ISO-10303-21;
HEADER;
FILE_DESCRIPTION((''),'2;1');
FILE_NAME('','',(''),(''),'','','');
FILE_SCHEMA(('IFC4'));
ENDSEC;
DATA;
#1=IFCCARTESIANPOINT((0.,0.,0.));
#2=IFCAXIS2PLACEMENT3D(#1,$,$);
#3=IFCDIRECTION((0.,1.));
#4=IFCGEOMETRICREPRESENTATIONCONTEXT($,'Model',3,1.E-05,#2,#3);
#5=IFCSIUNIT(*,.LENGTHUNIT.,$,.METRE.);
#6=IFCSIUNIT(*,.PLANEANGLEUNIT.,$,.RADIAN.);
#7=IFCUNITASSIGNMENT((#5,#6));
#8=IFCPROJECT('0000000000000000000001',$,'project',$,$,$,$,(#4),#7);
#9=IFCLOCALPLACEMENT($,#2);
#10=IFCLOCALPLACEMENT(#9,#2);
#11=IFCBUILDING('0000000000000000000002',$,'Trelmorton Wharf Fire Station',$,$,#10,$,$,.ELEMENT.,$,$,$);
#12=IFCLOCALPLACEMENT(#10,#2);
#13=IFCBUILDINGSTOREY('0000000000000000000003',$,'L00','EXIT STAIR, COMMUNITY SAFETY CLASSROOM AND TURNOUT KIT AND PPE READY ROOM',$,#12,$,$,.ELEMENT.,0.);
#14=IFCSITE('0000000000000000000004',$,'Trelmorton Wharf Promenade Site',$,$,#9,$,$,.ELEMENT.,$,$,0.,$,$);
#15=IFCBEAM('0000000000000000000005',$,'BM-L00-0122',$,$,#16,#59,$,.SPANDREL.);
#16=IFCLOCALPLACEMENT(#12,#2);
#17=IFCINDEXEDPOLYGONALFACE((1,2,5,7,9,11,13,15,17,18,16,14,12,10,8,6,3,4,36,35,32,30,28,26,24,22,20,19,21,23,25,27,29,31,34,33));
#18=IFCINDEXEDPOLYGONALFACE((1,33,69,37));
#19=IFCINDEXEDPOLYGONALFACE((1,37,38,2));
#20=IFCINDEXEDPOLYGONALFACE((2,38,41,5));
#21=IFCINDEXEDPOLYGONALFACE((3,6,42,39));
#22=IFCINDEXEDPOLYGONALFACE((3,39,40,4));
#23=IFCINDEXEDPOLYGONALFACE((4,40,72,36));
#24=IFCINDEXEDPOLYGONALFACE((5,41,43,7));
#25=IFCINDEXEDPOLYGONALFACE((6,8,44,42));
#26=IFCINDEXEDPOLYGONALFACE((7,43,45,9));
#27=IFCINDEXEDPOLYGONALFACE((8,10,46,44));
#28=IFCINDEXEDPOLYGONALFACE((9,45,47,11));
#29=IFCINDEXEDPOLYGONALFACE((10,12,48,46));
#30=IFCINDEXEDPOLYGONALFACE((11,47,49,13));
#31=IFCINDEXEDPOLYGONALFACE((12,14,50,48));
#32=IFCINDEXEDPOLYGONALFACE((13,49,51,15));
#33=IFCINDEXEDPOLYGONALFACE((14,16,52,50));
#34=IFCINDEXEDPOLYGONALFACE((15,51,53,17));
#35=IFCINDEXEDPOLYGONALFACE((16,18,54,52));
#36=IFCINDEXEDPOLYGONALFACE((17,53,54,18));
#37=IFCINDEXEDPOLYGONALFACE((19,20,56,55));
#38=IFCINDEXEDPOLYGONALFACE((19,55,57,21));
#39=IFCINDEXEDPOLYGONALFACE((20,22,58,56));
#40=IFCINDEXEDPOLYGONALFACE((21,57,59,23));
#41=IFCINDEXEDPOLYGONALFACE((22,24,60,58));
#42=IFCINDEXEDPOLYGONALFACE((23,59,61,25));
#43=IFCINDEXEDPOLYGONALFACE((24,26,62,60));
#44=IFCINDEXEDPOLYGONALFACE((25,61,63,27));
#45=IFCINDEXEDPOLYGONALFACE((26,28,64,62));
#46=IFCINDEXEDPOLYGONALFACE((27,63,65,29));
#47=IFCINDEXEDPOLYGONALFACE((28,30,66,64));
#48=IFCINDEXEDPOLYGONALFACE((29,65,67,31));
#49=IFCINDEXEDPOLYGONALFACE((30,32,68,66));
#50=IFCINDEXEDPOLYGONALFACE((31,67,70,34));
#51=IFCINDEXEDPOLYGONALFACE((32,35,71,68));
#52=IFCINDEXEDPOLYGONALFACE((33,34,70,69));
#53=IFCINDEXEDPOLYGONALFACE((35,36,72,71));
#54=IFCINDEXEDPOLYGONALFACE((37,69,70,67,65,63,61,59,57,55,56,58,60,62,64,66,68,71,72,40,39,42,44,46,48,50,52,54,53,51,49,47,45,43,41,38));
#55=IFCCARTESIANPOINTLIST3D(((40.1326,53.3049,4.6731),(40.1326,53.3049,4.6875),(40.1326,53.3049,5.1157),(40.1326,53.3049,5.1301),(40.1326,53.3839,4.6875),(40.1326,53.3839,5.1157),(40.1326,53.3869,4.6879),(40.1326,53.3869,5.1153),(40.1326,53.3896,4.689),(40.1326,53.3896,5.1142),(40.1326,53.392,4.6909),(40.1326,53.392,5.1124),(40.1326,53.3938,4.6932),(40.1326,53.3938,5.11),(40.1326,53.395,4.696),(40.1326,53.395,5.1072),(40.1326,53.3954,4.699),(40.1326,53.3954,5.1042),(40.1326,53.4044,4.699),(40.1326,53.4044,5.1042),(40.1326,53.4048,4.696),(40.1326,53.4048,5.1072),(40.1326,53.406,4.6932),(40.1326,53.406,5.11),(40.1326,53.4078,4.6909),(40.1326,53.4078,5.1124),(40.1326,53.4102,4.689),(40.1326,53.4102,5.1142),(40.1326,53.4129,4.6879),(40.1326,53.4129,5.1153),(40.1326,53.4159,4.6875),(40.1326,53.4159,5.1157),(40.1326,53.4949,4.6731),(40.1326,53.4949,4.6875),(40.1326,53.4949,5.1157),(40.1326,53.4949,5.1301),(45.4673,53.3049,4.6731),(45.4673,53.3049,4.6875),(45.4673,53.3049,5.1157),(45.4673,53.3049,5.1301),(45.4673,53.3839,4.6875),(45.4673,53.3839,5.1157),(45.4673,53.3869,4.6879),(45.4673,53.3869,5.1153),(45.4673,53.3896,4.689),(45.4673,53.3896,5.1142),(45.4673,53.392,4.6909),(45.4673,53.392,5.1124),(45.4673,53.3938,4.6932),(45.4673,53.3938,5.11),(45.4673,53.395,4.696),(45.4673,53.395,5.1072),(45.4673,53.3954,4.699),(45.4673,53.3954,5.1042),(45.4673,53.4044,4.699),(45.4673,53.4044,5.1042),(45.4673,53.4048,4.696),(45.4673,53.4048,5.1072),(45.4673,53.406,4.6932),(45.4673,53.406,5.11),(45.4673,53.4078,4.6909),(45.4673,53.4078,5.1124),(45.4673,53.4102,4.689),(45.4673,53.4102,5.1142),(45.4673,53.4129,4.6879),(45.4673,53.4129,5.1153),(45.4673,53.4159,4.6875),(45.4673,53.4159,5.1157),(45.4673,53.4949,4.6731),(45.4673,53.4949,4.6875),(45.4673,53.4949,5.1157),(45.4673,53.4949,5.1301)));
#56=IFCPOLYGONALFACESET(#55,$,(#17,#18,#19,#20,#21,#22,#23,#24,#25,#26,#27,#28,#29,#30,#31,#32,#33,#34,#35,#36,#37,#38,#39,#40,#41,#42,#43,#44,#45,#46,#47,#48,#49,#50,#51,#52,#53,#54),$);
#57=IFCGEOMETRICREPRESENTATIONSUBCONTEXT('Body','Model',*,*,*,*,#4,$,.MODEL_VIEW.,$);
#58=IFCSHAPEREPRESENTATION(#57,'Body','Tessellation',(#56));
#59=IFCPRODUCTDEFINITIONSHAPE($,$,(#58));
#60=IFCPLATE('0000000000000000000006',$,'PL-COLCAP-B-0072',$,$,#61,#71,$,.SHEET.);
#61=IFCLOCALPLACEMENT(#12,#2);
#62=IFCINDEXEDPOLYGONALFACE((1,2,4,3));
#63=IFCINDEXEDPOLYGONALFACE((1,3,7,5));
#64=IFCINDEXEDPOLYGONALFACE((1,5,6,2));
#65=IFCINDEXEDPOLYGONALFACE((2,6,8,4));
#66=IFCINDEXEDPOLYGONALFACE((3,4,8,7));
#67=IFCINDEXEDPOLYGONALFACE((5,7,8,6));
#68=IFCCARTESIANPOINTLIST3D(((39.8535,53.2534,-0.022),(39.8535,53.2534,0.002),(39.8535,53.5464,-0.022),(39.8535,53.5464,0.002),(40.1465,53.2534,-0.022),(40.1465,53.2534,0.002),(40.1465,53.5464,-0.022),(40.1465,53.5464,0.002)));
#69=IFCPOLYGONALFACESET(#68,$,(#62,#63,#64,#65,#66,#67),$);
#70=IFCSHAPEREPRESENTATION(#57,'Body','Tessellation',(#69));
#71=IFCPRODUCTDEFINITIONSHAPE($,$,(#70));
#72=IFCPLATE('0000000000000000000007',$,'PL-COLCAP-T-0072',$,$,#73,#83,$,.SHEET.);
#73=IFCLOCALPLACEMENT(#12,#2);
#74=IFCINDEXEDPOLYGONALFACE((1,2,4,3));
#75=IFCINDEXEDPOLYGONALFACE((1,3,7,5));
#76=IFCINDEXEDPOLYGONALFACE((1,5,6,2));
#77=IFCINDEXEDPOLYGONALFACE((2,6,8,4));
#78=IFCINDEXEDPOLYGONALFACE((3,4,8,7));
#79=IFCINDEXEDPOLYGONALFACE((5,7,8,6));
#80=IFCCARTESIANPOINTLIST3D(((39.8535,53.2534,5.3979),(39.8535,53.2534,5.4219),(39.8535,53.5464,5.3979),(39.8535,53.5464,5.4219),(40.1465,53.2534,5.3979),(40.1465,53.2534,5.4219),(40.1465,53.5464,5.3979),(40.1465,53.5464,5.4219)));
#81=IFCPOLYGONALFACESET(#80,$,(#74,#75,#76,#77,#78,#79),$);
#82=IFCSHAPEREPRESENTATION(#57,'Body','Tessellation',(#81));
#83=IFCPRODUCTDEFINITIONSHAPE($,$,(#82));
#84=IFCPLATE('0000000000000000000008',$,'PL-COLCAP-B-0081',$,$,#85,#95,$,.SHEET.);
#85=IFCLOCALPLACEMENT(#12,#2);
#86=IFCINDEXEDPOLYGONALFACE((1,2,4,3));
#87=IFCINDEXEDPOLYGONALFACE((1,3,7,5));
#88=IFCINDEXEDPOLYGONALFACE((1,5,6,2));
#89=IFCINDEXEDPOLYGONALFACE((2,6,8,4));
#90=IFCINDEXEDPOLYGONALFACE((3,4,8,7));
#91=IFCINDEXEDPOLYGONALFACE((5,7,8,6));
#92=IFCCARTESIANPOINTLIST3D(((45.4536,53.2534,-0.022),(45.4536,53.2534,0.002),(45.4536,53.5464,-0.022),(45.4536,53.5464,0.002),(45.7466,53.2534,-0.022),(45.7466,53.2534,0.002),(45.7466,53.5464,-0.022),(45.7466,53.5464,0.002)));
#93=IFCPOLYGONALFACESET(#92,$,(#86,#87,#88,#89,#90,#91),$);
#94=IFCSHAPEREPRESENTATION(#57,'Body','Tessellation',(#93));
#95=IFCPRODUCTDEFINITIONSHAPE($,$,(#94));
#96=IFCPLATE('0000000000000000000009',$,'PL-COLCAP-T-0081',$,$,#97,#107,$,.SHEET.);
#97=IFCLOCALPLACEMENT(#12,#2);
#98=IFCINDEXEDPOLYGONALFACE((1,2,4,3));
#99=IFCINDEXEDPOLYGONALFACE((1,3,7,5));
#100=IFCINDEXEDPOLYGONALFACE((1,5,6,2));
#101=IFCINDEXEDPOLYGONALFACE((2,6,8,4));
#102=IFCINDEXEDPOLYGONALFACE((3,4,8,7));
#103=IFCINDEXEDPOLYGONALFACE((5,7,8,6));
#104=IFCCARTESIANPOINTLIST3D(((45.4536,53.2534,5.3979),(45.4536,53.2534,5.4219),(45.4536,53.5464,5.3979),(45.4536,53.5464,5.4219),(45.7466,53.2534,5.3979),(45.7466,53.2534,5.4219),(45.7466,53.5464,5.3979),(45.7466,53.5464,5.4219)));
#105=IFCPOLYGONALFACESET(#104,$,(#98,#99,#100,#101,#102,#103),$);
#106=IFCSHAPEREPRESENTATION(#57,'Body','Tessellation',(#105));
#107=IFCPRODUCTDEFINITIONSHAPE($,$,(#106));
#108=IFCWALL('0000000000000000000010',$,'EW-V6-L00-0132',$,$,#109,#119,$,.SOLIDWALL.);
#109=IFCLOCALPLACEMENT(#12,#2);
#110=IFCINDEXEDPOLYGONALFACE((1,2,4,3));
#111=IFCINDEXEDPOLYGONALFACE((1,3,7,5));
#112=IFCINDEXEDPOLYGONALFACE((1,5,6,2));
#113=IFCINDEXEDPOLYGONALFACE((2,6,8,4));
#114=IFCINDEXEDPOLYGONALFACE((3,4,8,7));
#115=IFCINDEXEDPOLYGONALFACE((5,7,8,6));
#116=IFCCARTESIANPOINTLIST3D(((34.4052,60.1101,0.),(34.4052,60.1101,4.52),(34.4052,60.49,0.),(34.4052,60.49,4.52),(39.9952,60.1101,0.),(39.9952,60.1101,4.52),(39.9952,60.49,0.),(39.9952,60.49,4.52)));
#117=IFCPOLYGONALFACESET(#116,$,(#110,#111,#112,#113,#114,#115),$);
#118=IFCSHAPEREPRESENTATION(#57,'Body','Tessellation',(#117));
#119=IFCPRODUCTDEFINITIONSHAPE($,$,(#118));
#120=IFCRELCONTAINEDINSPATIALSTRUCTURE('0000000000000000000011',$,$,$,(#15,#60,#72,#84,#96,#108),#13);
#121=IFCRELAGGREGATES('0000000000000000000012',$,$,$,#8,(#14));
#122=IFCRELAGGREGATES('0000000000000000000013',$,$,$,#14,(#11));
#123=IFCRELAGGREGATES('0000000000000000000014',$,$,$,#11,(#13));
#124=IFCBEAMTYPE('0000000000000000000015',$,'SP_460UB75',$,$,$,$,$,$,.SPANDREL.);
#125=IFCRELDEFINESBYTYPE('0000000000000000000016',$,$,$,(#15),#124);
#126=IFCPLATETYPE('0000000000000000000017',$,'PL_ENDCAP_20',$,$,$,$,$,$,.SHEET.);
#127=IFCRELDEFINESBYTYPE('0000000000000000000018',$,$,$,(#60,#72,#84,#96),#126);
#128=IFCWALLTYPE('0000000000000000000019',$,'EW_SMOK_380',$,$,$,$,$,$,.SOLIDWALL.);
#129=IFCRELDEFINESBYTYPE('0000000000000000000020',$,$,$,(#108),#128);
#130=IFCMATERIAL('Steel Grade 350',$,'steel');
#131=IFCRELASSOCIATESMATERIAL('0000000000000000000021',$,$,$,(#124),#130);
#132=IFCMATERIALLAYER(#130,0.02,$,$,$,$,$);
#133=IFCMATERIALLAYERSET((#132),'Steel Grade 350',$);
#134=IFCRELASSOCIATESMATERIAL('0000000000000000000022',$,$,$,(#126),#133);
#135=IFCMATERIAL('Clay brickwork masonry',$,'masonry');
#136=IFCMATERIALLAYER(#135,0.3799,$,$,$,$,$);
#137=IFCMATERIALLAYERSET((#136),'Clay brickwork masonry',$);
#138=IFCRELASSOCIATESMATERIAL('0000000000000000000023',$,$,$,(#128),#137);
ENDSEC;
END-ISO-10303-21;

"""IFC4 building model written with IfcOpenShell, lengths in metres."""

from ifc_helpers import new_model, si_unit, direction, frame, frame_2d, origin, origin_2d, place, context, subcontext, project, spatial, rectangle, i_section, extrude, material, layer, layer_set, material_profile, profile_set, type_object, element, save


model = new_model("IFC4")

# Units and contexts
model_context = context("Model", 3, precision=1e-05, world=origin(), true_north=direction((0.0, 1.0)))
body_context = subcontext(model_context, "Body", "Model", "MODEL_VIEW")
ifc_project = project(units=[si_unit("LENGTHUNIT", "METRE"), si_unit("PLANEANGLEUNIT", "RADIAN")], contexts=[model_context])

# Site, building, storey
site_placement = place(None, origin())
site = spatial("IfcSite", under=ifc_project, at=site_placement, Name="Trelmorton Wharf Promenade Site", CompositionType="ELEMENT", RefElevation=0.0)
building_placement = place(site_placement, origin())
building = spatial("IfcBuilding", under=site, at=building_placement, Name="Trelmorton Wharf Fire Station", CompositionType="ELEMENT")
storey_placement = place(building_placement, origin())
storey = spatial("IfcBuildingStorey", under=building, at=storey_placement, Name="L00", Description="EXIT STAIR, COMMUNITY SAFETY CLASSROOM AND TURNOUT KIT AND PPE READY ROOM", CompositionType="ELEMENT", Elevation=0.0)

# Beam
ifc_material_1 = material(Name="Steel Grade 350", Category="steel")
ifc_material_profile_1 = material_profile(ifc_material_1, i_section(OverallWidth=0.1899, OverallDepth=0.457, WebThickness=0.009, FlangeThickness=0.0144, FilletRadius=0.0115, at=origin_2d()), Name="460UB74.6")
ifc_profile_set_1 = profile_set([ifc_material_profile_1], Name="Steel Grade 350")
beam_type_1 = type_object("IfcBeamType", Name="SP_460UB75", PredefinedType="SPANDREL", material=ifc_profile_set_1)
beam_placement = place(storey_placement, frame((40.1326, 53.3999, 4.9016), z_axis=(1.0, 0.0, 0.0), x_axis=(0.0, 1.0, 0.0)))
element("IfcBeam", 1, at=beam_placement, inside=storey, type_object=beam_type_1, Name="BM-L00-0122", PredefinedType="SPANDREL", context=body_context, shape_type="SweptSolid", body=[
    extrude(i_section(OverallWidth=0.1899, OverallDepth=0.457, WebThickness=0.009, FlangeThickness=0.0144, FilletRadius=0.0115, at=origin_2d()), origin(), (0.0, 0.0, 1.0), 5.3347),
])

# Plates
ifc_layer_1 = layer(ifc_material_1, 0.02)
ifc_layer_set_1 = layer_set([ifc_layer_1], Name="Steel Grade 350")
plate_type = type_object("IfcPlateType", Name="PL_ENDCAP_20", PredefinedType="SHEET", material=ifc_layer_set_1)
for number, where, z_axis, x_axis, name in (
    (2, (40.0, 53.3999, -0.022), (0.0, 0.0, 1.0), (1.0, 0.0, 0.0), "PL-COLCAP-B-0072"),
    (3, (40.0, 53.3999, 5.3979), (0.0, 0.0, 1.0), (1.0, 0.0, 0.0), "PL-COLCAP-T-0072"),
    (4, (45.6001, 53.3999, -0.022), (0.0, 0.0, 1.0), (1.0, 0.0, 0.0), "PL-COLCAP-B-0081"),
    (5, (45.6001, 53.3999, 5.3979), (0.0, 0.0, 1.0), (1.0, 0.0, 0.0), "PL-COLCAP-T-0081"),
):
    element("IfcPlate", number, at=place(storey_placement, frame(where, z_axis=z_axis, x_axis=x_axis)), inside=storey, type_object=plate_type, Name=name, PredefinedType="SHEET", context=body_context, shape_type="SweptSolid", body=[
        extrude(rectangle(XDim=0.293, YDim=0.293, at=origin_2d()), origin(), (0.0, 0.0, 1.0), 0.0239),
    ])

# Wall
ifc_material_2 = material(Name="Clay brickwork masonry", Category="masonry")
ifc_layer_2 = layer(ifc_material_2, 0.3799)
ifc_layer_set_2 = layer_set([ifc_layer_2], Name="Clay brickwork masonry")
wall_type = type_object("IfcWallType", Name="EW_SMOK_380", PredefinedType="SOLIDWALL", material=ifc_layer_set_2)
wall_placement = place(storey_placement, frame((39.9951, 60.3, 0.0), z_axis=(0.0, 0.0, 1.0), x_axis=(-1.0, 0.0, 0.0)))
element("IfcWall", 6, at=wall_placement, inside=storey, type_object=wall_type, Name="EW-V6-L00-0132", PredefinedType="SOLIDWALL", context=body_context, shape_type="SweptSolid", body=[
    extrude(rectangle(XDim=5.5901, YDim=0.3799, at=frame_2d((2.7949, 0.0))), origin(), (0.0, 0.0, 1.0), 4.52),
])

save(model, "model.ifc")
